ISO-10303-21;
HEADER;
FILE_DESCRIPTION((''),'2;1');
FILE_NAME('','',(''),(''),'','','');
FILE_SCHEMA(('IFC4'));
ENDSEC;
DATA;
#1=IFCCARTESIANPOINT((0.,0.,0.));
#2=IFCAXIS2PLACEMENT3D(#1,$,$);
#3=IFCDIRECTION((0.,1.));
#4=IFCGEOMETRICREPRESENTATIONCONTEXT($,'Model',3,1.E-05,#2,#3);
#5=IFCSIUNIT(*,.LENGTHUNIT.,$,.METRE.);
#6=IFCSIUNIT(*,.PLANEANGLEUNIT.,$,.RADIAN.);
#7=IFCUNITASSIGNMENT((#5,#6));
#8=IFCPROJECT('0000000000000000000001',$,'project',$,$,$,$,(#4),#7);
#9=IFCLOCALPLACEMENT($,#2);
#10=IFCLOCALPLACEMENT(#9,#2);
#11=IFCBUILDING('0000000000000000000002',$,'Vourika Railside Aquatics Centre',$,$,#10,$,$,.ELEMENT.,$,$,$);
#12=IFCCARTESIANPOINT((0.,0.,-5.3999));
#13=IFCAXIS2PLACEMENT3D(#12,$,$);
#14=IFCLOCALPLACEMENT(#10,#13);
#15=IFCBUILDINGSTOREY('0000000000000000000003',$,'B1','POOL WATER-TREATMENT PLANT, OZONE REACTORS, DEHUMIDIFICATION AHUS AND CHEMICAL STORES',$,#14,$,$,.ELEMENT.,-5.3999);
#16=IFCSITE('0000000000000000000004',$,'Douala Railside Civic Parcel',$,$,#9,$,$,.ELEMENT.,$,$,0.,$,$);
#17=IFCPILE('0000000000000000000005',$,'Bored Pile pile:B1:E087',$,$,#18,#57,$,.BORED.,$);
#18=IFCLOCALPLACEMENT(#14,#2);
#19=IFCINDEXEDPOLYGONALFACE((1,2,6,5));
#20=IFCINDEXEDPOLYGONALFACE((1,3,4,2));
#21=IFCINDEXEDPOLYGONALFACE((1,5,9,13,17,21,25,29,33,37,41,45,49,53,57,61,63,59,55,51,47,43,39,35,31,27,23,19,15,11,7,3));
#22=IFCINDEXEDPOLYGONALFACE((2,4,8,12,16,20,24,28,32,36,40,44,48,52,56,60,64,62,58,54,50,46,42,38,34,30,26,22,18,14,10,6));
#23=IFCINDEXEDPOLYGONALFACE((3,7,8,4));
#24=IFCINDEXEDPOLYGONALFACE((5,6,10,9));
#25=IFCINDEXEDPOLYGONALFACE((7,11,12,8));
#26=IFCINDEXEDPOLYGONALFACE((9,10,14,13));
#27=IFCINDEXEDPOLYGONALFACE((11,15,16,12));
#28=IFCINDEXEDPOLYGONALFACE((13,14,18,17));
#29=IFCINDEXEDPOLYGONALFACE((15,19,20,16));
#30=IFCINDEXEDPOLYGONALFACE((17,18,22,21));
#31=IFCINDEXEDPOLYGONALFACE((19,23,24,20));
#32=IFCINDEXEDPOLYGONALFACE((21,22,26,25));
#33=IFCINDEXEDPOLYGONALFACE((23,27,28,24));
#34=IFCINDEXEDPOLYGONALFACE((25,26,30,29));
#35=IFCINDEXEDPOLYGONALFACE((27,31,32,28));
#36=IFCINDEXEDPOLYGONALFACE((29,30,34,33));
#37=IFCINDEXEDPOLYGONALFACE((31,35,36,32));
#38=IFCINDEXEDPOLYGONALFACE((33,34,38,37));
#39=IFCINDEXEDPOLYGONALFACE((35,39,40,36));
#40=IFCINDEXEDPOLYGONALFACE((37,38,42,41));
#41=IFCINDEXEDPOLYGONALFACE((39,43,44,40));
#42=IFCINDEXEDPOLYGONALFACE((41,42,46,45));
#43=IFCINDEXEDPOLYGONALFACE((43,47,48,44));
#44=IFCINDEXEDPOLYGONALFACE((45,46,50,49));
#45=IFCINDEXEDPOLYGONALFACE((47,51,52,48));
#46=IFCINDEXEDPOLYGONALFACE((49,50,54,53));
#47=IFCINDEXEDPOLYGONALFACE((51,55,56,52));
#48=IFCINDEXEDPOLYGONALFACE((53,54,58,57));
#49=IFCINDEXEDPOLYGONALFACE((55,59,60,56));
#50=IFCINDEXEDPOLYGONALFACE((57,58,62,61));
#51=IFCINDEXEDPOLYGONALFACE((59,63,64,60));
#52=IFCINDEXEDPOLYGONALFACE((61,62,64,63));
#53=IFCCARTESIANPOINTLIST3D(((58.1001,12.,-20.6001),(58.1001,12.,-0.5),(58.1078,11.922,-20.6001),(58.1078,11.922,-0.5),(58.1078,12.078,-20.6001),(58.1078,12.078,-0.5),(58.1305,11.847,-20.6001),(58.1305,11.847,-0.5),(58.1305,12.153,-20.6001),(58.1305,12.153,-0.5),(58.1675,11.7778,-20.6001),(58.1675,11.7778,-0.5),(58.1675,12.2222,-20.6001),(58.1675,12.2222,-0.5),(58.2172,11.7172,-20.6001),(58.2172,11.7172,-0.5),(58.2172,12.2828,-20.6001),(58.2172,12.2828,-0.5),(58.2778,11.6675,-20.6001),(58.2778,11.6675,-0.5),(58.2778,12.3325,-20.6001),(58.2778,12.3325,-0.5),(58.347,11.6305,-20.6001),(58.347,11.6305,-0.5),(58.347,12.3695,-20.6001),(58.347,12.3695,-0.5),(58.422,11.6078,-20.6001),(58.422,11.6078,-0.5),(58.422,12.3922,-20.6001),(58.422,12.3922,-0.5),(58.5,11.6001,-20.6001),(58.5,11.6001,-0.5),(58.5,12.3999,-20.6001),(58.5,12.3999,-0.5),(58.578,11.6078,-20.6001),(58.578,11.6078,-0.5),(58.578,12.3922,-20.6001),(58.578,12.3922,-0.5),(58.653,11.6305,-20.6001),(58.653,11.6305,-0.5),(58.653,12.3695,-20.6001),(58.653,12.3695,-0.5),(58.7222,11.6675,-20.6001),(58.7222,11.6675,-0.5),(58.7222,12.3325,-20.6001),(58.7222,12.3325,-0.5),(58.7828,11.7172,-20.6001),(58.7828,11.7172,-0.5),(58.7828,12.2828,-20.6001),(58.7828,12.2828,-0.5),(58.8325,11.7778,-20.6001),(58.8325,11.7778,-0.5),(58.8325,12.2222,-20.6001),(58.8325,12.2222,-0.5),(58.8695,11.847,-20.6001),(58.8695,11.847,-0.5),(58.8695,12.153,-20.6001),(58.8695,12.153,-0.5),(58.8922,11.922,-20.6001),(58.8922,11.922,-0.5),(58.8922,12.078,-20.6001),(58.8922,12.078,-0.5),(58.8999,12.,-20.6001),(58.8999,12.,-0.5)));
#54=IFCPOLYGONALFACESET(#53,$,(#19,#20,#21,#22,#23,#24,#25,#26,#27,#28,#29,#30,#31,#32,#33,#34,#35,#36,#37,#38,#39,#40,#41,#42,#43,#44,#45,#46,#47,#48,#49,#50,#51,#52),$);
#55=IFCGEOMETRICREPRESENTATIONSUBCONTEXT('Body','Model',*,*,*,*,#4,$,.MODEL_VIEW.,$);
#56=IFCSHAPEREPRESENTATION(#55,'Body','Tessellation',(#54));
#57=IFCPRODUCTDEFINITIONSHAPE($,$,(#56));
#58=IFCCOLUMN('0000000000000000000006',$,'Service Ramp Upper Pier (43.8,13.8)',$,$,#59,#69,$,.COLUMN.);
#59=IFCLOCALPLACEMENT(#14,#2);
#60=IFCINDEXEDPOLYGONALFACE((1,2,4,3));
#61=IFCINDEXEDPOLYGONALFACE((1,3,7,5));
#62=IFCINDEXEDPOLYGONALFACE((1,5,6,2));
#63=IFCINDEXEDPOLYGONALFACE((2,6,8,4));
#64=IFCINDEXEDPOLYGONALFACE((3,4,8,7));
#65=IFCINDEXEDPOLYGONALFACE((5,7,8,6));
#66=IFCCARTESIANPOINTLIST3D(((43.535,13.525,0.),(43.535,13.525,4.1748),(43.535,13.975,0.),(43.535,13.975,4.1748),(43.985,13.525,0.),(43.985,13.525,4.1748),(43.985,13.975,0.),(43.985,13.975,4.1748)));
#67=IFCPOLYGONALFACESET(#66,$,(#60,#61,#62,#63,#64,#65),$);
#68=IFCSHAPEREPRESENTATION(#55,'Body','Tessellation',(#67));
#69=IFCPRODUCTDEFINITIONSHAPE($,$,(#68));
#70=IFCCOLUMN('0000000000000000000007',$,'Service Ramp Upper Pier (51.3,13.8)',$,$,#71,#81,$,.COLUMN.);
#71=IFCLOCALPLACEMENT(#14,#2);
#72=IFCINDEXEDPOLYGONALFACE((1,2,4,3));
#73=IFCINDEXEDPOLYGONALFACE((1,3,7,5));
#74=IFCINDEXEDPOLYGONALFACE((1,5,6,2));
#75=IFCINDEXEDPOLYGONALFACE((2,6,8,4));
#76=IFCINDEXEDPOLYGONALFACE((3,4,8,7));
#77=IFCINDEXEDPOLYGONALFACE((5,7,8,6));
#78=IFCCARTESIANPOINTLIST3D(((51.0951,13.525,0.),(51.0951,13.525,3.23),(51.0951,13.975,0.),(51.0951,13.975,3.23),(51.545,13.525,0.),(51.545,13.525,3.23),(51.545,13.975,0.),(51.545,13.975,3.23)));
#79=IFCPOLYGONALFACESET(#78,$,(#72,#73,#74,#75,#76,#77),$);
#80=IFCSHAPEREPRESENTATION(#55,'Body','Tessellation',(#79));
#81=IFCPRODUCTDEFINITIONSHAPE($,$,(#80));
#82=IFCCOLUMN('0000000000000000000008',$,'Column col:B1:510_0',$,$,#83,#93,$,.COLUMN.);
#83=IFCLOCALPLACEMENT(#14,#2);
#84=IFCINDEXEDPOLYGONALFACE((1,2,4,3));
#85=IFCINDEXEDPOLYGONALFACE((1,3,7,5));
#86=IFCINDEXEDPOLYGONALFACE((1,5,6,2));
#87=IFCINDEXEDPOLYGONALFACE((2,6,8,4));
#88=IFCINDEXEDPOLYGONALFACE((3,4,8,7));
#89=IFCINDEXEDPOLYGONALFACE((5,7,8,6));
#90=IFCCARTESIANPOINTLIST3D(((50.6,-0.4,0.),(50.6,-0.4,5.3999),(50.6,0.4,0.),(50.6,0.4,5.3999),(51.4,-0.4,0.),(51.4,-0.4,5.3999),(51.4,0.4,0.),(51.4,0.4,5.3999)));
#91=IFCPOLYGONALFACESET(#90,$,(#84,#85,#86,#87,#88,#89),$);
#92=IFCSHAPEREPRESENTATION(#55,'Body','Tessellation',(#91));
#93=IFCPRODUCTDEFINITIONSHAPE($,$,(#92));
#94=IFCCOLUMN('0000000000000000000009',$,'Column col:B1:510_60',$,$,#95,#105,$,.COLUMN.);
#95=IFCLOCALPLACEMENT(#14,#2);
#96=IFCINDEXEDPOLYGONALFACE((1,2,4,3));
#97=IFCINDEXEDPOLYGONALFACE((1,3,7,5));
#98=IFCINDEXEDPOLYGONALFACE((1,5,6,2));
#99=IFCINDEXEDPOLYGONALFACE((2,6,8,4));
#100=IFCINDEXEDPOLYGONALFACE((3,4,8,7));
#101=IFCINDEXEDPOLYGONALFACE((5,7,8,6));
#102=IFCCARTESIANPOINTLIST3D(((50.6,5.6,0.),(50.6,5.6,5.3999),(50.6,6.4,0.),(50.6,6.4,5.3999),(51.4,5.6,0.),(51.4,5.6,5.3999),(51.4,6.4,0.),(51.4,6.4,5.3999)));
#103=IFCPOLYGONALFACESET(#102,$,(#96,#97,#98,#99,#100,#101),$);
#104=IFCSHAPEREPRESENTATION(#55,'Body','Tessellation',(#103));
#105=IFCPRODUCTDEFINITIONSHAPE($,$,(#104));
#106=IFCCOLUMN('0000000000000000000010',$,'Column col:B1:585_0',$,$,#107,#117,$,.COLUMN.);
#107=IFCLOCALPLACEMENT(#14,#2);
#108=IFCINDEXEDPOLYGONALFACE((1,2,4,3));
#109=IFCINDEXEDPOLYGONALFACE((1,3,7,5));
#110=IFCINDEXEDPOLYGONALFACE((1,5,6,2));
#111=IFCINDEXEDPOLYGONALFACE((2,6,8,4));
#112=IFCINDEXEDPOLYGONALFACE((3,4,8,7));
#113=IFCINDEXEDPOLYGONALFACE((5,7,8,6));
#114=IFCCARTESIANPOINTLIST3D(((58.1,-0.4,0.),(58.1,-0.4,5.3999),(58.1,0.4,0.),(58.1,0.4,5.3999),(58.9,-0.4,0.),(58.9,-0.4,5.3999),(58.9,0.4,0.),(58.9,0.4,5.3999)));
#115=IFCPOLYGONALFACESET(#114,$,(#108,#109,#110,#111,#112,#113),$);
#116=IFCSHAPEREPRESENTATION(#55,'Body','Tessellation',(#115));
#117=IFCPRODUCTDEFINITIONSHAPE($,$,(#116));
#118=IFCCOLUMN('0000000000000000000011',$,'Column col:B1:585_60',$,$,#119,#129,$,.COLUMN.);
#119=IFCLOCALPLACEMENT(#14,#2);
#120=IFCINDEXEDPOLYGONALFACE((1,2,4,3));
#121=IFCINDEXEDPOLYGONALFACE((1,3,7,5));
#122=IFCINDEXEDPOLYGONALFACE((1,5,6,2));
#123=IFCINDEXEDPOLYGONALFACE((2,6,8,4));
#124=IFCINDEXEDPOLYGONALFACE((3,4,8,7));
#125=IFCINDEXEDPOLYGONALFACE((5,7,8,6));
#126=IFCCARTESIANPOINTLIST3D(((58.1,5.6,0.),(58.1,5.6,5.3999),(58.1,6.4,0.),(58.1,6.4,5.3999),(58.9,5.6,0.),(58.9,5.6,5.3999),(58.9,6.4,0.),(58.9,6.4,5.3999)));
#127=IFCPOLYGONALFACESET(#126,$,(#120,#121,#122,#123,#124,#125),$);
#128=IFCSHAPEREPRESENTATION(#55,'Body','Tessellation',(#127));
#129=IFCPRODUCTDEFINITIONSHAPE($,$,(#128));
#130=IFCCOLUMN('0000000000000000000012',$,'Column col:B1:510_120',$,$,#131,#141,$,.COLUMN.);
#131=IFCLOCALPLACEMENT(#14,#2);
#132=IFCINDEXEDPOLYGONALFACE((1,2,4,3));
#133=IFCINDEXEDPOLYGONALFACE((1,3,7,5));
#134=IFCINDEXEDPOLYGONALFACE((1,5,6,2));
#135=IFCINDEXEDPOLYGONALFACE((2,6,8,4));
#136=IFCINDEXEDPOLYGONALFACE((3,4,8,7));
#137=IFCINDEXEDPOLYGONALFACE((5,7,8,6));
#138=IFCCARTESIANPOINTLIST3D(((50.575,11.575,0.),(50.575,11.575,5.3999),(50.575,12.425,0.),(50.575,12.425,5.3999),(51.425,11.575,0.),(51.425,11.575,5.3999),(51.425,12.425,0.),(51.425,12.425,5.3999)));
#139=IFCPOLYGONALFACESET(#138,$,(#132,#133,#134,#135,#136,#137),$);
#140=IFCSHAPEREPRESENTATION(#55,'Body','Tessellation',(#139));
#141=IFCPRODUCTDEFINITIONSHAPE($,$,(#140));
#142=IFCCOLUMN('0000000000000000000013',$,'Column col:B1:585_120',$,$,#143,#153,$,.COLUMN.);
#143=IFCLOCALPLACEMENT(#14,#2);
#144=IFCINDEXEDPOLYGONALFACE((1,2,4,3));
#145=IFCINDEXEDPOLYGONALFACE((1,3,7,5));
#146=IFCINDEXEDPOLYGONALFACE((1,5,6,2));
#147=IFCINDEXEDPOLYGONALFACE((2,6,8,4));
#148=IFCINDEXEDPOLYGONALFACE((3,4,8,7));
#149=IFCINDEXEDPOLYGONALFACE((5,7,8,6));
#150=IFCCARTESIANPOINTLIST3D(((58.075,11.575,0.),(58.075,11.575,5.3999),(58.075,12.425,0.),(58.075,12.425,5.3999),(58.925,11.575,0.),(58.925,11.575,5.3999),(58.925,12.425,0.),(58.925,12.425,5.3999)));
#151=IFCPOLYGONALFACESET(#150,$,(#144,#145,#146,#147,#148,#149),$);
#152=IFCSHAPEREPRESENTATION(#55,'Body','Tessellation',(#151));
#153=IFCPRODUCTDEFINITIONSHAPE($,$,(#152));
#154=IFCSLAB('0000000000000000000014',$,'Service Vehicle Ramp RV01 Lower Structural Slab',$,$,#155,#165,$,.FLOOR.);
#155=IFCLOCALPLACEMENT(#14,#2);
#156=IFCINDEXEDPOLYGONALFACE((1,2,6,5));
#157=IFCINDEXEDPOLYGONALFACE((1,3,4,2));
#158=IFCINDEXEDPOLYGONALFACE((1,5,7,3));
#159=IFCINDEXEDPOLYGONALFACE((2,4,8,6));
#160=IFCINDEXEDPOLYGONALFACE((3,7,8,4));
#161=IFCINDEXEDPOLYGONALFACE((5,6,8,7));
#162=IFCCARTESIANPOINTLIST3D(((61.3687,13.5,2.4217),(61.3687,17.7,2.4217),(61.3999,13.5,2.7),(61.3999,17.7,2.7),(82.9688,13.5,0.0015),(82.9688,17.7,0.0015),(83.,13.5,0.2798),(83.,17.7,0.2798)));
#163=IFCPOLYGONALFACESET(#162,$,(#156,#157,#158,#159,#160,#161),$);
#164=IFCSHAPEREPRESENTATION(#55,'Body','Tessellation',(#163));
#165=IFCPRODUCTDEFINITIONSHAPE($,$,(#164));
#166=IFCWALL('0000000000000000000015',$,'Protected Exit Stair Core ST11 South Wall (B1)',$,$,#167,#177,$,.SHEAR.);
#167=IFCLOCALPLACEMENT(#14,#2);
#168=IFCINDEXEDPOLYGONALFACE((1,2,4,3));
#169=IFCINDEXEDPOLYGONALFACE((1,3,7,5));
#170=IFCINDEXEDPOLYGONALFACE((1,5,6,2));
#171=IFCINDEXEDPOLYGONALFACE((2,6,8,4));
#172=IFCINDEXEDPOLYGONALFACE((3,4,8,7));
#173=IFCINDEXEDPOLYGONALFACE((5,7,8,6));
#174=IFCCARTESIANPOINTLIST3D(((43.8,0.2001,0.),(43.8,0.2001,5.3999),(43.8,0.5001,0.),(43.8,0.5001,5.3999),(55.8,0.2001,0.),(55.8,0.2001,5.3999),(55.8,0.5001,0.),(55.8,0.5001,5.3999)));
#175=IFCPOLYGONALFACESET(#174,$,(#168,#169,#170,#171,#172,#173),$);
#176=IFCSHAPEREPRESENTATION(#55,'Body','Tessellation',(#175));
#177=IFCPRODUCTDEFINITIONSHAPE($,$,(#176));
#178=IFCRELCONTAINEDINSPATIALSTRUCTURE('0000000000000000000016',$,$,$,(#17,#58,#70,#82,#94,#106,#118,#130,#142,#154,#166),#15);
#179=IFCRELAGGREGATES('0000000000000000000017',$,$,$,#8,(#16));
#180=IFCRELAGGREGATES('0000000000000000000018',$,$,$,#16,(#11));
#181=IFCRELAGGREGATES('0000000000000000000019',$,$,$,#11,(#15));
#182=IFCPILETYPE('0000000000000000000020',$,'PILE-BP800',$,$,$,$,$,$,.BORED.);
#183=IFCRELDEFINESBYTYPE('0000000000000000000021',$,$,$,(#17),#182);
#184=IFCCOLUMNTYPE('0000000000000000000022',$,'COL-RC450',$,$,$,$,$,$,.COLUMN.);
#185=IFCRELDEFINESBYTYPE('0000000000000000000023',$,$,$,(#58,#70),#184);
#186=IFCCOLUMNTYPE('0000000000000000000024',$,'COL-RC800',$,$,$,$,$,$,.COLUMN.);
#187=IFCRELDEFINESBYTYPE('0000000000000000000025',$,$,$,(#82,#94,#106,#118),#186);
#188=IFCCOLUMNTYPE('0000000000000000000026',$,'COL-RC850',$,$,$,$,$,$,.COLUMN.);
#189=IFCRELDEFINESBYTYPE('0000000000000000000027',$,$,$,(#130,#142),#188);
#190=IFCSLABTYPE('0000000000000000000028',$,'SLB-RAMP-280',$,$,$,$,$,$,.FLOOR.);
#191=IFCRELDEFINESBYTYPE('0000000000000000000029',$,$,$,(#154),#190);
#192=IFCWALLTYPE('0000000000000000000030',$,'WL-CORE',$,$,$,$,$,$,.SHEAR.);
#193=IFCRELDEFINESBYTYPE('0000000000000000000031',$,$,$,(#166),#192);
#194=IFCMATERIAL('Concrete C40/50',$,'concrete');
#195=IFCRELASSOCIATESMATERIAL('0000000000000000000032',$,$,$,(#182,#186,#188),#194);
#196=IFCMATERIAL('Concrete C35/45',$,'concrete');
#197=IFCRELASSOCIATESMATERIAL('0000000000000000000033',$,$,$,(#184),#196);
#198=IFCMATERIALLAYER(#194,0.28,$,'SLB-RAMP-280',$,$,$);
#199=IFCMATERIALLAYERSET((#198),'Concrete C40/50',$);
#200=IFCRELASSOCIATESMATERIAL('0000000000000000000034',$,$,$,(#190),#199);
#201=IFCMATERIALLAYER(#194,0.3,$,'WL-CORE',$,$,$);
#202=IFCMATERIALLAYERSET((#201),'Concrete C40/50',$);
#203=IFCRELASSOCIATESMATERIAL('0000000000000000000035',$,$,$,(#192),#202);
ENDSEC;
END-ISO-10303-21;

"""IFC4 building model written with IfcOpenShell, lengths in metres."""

from ifc_helpers import new_model, si_unit, direction, frame, frame_2d, origin, origin_2d, place, context, subcontext, project, spatial, polyline, rectangle, circle, outline, extrude, material, layer, layer_set, material_profile, profile_set, type_object, element, save


model = new_model("IFC4")

# Units and contexts
model_context = context("Model", 3, precision=1e-05, world=origin(), true_north=direction((0.0, 1.0)))
body_context = subcontext(model_context, "Body", "Model", "MODEL_VIEW")
ifc_project = project(units=[si_unit("LENGTHUNIT", "METRE"), si_unit("PLANEANGLEUNIT", "RADIAN")], contexts=[model_context])

# Site, building, storey
site_placement = place(None, origin())
site = spatial("IfcSite", under=ifc_project, at=site_placement, Name="Douala Railside Civic Parcel", CompositionType="ELEMENT", RefElevation=0.0)
building_placement = place(site_placement, origin())
building = spatial("IfcBuilding", under=site, at=building_placement, Name="Vourika Railside Aquatics Centre", CompositionType="ELEMENT")
storey_placement = place(building_placement, frame((0.0, 0.0, -5.3999)))
storey = spatial("IfcBuildingStorey", under=building, at=storey_placement, Name="B1", Description="POOL WATER-TREATMENT PLANT, OZONE REACTORS, DEHUMIDIFICATION AHUS AND CHEMICAL STORES", CompositionType="ELEMENT", Elevation=-5.3999)

# Shared definitions
ifc_material_1 = material(Name="Concrete C40/50", Category="concrete")

# Pile
ifc_material_profile_1 = material_profile(ifc_material_1, circle(Radius=0.3999, at=origin_2d()), Name="BP 800")
ifc_profile_set_1 = profile_set([ifc_material_profile_1], Name="Concrete C40/50")
pile_type_1 = type_object("IfcPileType", Name="PILE-BP800", PredefinedType="BORED", material=ifc_profile_set_1)
pile_1_placement = place(storey_placement, frame((58.5, 12.0, -0.5), z_axis=(0.0, 0.0, -1.0), x_axis=(1.0, 0.0, 0.0)))
element("IfcPile", 1, at=pile_1_placement, inside=storey, type_object=pile_type_1, Name="Bored Pile pile:B1:E087", PredefinedType="BORED", context=body_context, shape_type="SweptSolid", body=[
    extrude(circle(Radius=0.3999, at=origin_2d()), origin(), (0.0, 0.0, 1.0), 20.1001),
])

# Columns
ifc_material_2 = material(Name="Concrete C35/45", Category="concrete")
ifc_material_profile_2 = material_profile(ifc_material_2, rectangle(XDim=0.45, YDim=0.45, at=origin_2d()), Name="RC 450x450")
ifc_profile_set_2 = profile_set([ifc_material_profile_2], Name="Concrete C35/45")
column_type_1 = type_object("IfcColumnType", Name="COL-RC450", PredefinedType="COLUMN", material=ifc_profile_set_2)
column_1_placement = place(storey_placement, frame((43.76, 13.75, 0.0), z_axis=(0.0, 0.0, 1.0), x_axis=(1.0, 0.0, 0.0)))
element("IfcColumn", 2, at=column_1_placement, inside=storey, type_object=column_type_1, Name="Service Ramp Upper Pier (43.8,13.8)", PredefinedType="COLUMN", context=body_context, shape_type="SweptSolid", body=[
    extrude(rectangle(XDim=0.45, YDim=0.45, at=origin_2d()), origin(), (0.0, 0.0, 1.0), 4.1748),
])
column_2_placement = place(storey_placement, frame((51.3201, 13.75, 0.0), z_axis=(0.0, 0.0, 1.0), x_axis=(1.0, 0.0, 0.0)))
element("IfcColumn", 3, at=column_2_placement, inside=storey, type_object=column_type_1, Name="Service Ramp Upper Pier (51.3,13.8)", PredefinedType="COLUMN", context=body_context, shape_type="SweptSolid", body=[
    extrude(rectangle(XDim=0.45, YDim=0.45, at=origin_2d()), origin(), (0.0, 0.0, 1.0), 3.23),
])
ifc_material_profile_3 = material_profile(ifc_material_1, rectangle(XDim=0.8, YDim=0.8, at=origin_2d()), Name="RC 800x800")
ifc_profile_set_3 = profile_set([ifc_material_profile_3], Name="Concrete C40/50")
column_type_2 = type_object("IfcColumnType", Name="COL-RC800", PredefinedType="COLUMN", material=ifc_profile_set_3)
for number, where, z_axis, x_axis, name in (
    (4, (51.0, 0.0, 0.0), (0.0, 0.0, 1.0), (1.0, 0.0, 0.0), "Column col:B1:510_0"),
    (5, (51.0, 6.0, 0.0), (0.0, 0.0, 1.0), (1.0, 0.0, 0.0), "Column col:B1:510_60"),
    (6, (58.5, 0.0, 0.0), (0.0, 0.0, 1.0), (1.0, 0.0, 0.0), "Column col:B1:585_0"),
    (7, (58.5, 6.0, 0.0), (0.0, 0.0, 1.0), (1.0, 0.0, 0.0), "Column col:B1:585_60"),
):
    element("IfcColumn", number, at=place(storey_placement, frame(where, z_axis=z_axis, x_axis=x_axis)), inside=storey, type_object=column_type_2, Name=name, PredefinedType="COLUMN", context=body_context, shape_type="SweptSolid", body=[
        extrude(rectangle(XDim=0.8, YDim=0.8, at=origin_2d()), origin(), (0.0, 0.0, 1.0), 5.3999),
    ])
ifc_material_profile_4 = material_profile(ifc_material_1, rectangle(XDim=0.8501, YDim=0.8501, at=origin_2d()), Name="RC 850x850")
ifc_profile_set_4 = profile_set([ifc_material_profile_4], Name="Concrete C40/50")
column_type_3 = type_object("IfcColumnType", Name="COL-RC850", PredefinedType="COLUMN", material=ifc_profile_set_4)
for number, where, z_axis, x_axis, name in (
    (8, (51.0, 12.0, 0.0), (0.0, 0.0, 1.0), (1.0, 0.0, 0.0), "Column col:B1:510_120"),
    (9, (58.5, 12.0, 0.0), (0.0, 0.0, 1.0), (1.0, 0.0, 0.0), "Column col:B1:585_120"),
):
    element("IfcColumn", number, at=place(storey_placement, frame(where, z_axis=z_axis, x_axis=x_axis)), inside=storey, type_object=column_type_3, Name=name, PredefinedType="COLUMN", context=body_context, shape_type="SweptSolid", body=[
        extrude(rectangle(XDim=0.8501, YDim=0.8501, at=origin_2d()), origin(), (0.0, 0.0, 1.0), 5.3999),
    ])

# Slab
ifc_layer_1 = layer(ifc_material_1, 0.28, Name="SLB-RAMP-280")
ifc_layer_set_1 = layer_set([ifc_layer_1], Name="Concrete C40/50")
slab_type = type_object("IfcSlabType", Name="SLB-RAMP-280", PredefinedType="FLOOR", material=ifc_layer_set_1)
slab_placement = place(storey_placement, frame((61.3999, 13.5, 2.7), z_axis=(0.111347, 0.0, 0.993782), x_axis=(0.993782, 0.0, -0.111347)))
element("IfcSlab", 10, at=slab_placement, inside=storey, type_object=slab_type, Name="Service Vehicle Ramp RV01 Lower Structural Slab", PredefinedType="FLOOR", context=body_context, shape_type="SweptSolid", body=[
    extrude(outline(polyline([(0.0, 0.0), (21.7353, 0.0), (21.7353, 4.2), (0.0, 4.2), (0.0, 0.0)])), origin(), (0.0, 0.0, -1.0), 0.28),
])

# Wall
ifc_layer_2 = layer(ifc_material_1, 0.3, Name="WL-CORE")
ifc_layer_set_2 = layer_set([ifc_layer_2], Name="Concrete C40/50")
wall_type_1 = type_object("IfcWallType", Name="WL-CORE", PredefinedType="SHEAR", material=ifc_layer_set_2)
wall_1_placement = place(storey_placement, frame((55.8, 0.3501, 0.0), z_axis=(0.0, 0.0, 1.0), x_axis=(-1.0, 0.0, 0.0)))
element("IfcWall", 11, at=wall_1_placement, inside=storey, type_object=wall_type_1, Name="Protected Exit Stair Core ST11 South Wall (B1)", PredefinedType="SHEAR", context=body_context, shape_type="SweptSolid", body=[
    extrude(rectangle(XDim=12.0, YDim=0.3, at=frame_2d((6.0, 0.0))), origin(), (0.0, 0.0, 1.0), 5.3999),
])

save(model, "model.ifc")
